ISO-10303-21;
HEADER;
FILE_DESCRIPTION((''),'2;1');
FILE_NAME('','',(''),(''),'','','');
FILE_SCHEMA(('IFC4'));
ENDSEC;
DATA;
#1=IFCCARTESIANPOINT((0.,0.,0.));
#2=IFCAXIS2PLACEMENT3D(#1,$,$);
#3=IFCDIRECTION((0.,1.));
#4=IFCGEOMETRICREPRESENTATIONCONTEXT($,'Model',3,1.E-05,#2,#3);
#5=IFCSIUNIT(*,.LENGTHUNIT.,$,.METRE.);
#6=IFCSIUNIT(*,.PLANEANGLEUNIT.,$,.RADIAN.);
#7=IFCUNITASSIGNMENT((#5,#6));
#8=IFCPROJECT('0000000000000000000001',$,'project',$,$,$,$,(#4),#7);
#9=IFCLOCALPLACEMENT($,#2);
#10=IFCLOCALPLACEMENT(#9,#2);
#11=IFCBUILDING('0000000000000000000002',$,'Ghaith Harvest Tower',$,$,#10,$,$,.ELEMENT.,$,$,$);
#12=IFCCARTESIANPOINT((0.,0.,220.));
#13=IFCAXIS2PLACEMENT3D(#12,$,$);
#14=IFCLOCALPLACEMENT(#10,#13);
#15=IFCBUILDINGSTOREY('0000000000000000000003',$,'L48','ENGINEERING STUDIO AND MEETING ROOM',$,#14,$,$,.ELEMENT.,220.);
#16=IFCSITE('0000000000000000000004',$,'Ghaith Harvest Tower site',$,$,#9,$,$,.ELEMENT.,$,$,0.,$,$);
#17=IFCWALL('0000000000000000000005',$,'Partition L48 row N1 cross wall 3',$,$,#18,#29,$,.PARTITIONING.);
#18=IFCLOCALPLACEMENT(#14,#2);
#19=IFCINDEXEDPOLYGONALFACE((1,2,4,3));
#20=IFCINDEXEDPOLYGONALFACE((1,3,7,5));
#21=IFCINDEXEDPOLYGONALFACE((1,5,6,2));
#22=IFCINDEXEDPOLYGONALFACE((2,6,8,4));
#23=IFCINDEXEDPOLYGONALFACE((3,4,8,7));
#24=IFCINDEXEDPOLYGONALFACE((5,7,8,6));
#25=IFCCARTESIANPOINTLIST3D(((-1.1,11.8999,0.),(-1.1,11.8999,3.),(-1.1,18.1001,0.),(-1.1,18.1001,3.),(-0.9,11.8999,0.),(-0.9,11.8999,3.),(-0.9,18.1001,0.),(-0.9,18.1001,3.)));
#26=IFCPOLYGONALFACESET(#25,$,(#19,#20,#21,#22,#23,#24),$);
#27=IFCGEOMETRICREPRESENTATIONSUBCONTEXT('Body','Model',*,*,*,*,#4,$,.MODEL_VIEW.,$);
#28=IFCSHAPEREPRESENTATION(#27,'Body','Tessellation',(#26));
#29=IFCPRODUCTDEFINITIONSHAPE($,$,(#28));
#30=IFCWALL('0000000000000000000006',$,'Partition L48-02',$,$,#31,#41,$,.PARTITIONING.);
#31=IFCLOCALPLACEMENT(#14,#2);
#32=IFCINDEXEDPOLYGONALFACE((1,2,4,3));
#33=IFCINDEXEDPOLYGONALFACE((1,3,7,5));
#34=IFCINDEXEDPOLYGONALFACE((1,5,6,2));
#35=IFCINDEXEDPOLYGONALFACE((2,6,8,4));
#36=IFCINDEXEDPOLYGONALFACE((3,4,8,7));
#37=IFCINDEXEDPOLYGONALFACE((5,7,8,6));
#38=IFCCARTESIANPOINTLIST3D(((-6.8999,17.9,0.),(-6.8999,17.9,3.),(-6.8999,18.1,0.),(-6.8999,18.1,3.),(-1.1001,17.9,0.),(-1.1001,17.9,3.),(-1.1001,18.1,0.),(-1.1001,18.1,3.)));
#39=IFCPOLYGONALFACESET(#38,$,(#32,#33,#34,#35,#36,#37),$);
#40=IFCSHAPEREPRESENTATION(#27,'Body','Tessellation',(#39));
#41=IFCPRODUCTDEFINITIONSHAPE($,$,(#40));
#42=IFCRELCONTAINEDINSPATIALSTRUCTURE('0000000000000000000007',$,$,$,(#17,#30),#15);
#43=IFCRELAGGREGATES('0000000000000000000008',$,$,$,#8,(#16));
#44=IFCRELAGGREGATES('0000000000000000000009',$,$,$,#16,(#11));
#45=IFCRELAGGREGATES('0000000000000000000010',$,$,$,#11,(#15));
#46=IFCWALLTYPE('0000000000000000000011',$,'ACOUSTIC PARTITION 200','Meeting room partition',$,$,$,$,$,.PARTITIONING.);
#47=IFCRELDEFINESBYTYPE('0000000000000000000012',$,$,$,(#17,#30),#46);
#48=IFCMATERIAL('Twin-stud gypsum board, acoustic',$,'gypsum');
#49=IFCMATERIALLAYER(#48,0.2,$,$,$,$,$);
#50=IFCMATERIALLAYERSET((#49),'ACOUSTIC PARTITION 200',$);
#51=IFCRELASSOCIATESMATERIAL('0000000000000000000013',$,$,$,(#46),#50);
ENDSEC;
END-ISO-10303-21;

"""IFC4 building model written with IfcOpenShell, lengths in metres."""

from ifc_helpers import new_model, si_unit, direction, frame, frame_2d, origin, place, context, subcontext, project, spatial, rectangle, extrude, material, layer, layer_set, type_object, element, save


model = new_model("IFC4")

# Units and contexts
model_context = context("Model", 3, precision=1e-05, world=origin(), true_north=direction((0.0, 1.0)))
body_context = subcontext(model_context, "Body", "Model", "MODEL_VIEW")
ifc_project = project(units=[si_unit("LENGTHUNIT", "METRE"), si_unit("PLANEANGLEUNIT", "RADIAN")], contexts=[model_context])

# Site, building, storey
site_placement = place(None, origin())
site = spatial("IfcSite", under=ifc_project, at=site_placement, Name="Ghaith Harvest Tower site", CompositionType="ELEMENT", RefElevation=0.0)
building_placement = place(site_placement, origin())
building = spatial("IfcBuilding", under=site, at=building_placement, Name="Ghaith Harvest Tower", CompositionType="ELEMENT")
storey_placement = place(building_placement, frame((0.0, 0.0, 220.0)))
storey = spatial("IfcBuildingStorey", under=building, at=storey_placement, Name="L48", Description="ENGINEERING STUDIO AND MEETING ROOM", CompositionType="ELEMENT", Elevation=220.0)

# Wall
ifc_material_1 = material(Name="Twin-stud gypsum board, acoustic", Category="gypsum")
ifc_layer_1 = layer(ifc_material_1, 0.2)
ifc_layer_set_1 = layer_set([ifc_layer_1], Name="ACOUSTIC PARTITION 200")
wall_type = type_object("IfcWallType", Name="ACOUSTIC PARTITION 200", Description="Meeting room partition", PredefinedType="PARTITIONING", material=ifc_layer_set_1)
for number, where, z_axis, x_axis, name in (
    (1, (-1.0, 11.8999, 0.0), (0.0, 0.0, 1.0), (0.0, 1.0, 0.0), "Partition L48 row N1 cross wall 3"),
):
    element("IfcWall", number, at=place(storey_placement, frame(where, z_axis=z_axis, x_axis=x_axis)), inside=storey, type_object=wall_type, Name=name, PredefinedType="PARTITIONING", context=body_context, shape_type="SweptSolid", body=[
        extrude(rectangle(XDim=6.2002, YDim=0.2, at=frame_2d((3.1001, 0.0))), origin(), (0.0, 0.0, 1.0), 3.0),
    ])

# Wall
wall_1_placement = place(storey_placement, frame((-6.8999, 18.0, 0.0), z_axis=(0.0, 0.0, 1.0), x_axis=(1.0, 0.0, 0.0)))
element("IfcWall", 2, at=wall_1_placement, inside=storey, type_object=wall_type, Name="Partition L48-02", PredefinedType="PARTITIONING", context=body_context, shape_type="SweptSolid", body=[
    extrude(rectangle(XDim=5.7998, YDim=0.2, at=frame_2d((2.8999, 0.0))), origin(), (0.0, 0.0, 1.0), 3.0),
])

save(model, "model.ifc")
